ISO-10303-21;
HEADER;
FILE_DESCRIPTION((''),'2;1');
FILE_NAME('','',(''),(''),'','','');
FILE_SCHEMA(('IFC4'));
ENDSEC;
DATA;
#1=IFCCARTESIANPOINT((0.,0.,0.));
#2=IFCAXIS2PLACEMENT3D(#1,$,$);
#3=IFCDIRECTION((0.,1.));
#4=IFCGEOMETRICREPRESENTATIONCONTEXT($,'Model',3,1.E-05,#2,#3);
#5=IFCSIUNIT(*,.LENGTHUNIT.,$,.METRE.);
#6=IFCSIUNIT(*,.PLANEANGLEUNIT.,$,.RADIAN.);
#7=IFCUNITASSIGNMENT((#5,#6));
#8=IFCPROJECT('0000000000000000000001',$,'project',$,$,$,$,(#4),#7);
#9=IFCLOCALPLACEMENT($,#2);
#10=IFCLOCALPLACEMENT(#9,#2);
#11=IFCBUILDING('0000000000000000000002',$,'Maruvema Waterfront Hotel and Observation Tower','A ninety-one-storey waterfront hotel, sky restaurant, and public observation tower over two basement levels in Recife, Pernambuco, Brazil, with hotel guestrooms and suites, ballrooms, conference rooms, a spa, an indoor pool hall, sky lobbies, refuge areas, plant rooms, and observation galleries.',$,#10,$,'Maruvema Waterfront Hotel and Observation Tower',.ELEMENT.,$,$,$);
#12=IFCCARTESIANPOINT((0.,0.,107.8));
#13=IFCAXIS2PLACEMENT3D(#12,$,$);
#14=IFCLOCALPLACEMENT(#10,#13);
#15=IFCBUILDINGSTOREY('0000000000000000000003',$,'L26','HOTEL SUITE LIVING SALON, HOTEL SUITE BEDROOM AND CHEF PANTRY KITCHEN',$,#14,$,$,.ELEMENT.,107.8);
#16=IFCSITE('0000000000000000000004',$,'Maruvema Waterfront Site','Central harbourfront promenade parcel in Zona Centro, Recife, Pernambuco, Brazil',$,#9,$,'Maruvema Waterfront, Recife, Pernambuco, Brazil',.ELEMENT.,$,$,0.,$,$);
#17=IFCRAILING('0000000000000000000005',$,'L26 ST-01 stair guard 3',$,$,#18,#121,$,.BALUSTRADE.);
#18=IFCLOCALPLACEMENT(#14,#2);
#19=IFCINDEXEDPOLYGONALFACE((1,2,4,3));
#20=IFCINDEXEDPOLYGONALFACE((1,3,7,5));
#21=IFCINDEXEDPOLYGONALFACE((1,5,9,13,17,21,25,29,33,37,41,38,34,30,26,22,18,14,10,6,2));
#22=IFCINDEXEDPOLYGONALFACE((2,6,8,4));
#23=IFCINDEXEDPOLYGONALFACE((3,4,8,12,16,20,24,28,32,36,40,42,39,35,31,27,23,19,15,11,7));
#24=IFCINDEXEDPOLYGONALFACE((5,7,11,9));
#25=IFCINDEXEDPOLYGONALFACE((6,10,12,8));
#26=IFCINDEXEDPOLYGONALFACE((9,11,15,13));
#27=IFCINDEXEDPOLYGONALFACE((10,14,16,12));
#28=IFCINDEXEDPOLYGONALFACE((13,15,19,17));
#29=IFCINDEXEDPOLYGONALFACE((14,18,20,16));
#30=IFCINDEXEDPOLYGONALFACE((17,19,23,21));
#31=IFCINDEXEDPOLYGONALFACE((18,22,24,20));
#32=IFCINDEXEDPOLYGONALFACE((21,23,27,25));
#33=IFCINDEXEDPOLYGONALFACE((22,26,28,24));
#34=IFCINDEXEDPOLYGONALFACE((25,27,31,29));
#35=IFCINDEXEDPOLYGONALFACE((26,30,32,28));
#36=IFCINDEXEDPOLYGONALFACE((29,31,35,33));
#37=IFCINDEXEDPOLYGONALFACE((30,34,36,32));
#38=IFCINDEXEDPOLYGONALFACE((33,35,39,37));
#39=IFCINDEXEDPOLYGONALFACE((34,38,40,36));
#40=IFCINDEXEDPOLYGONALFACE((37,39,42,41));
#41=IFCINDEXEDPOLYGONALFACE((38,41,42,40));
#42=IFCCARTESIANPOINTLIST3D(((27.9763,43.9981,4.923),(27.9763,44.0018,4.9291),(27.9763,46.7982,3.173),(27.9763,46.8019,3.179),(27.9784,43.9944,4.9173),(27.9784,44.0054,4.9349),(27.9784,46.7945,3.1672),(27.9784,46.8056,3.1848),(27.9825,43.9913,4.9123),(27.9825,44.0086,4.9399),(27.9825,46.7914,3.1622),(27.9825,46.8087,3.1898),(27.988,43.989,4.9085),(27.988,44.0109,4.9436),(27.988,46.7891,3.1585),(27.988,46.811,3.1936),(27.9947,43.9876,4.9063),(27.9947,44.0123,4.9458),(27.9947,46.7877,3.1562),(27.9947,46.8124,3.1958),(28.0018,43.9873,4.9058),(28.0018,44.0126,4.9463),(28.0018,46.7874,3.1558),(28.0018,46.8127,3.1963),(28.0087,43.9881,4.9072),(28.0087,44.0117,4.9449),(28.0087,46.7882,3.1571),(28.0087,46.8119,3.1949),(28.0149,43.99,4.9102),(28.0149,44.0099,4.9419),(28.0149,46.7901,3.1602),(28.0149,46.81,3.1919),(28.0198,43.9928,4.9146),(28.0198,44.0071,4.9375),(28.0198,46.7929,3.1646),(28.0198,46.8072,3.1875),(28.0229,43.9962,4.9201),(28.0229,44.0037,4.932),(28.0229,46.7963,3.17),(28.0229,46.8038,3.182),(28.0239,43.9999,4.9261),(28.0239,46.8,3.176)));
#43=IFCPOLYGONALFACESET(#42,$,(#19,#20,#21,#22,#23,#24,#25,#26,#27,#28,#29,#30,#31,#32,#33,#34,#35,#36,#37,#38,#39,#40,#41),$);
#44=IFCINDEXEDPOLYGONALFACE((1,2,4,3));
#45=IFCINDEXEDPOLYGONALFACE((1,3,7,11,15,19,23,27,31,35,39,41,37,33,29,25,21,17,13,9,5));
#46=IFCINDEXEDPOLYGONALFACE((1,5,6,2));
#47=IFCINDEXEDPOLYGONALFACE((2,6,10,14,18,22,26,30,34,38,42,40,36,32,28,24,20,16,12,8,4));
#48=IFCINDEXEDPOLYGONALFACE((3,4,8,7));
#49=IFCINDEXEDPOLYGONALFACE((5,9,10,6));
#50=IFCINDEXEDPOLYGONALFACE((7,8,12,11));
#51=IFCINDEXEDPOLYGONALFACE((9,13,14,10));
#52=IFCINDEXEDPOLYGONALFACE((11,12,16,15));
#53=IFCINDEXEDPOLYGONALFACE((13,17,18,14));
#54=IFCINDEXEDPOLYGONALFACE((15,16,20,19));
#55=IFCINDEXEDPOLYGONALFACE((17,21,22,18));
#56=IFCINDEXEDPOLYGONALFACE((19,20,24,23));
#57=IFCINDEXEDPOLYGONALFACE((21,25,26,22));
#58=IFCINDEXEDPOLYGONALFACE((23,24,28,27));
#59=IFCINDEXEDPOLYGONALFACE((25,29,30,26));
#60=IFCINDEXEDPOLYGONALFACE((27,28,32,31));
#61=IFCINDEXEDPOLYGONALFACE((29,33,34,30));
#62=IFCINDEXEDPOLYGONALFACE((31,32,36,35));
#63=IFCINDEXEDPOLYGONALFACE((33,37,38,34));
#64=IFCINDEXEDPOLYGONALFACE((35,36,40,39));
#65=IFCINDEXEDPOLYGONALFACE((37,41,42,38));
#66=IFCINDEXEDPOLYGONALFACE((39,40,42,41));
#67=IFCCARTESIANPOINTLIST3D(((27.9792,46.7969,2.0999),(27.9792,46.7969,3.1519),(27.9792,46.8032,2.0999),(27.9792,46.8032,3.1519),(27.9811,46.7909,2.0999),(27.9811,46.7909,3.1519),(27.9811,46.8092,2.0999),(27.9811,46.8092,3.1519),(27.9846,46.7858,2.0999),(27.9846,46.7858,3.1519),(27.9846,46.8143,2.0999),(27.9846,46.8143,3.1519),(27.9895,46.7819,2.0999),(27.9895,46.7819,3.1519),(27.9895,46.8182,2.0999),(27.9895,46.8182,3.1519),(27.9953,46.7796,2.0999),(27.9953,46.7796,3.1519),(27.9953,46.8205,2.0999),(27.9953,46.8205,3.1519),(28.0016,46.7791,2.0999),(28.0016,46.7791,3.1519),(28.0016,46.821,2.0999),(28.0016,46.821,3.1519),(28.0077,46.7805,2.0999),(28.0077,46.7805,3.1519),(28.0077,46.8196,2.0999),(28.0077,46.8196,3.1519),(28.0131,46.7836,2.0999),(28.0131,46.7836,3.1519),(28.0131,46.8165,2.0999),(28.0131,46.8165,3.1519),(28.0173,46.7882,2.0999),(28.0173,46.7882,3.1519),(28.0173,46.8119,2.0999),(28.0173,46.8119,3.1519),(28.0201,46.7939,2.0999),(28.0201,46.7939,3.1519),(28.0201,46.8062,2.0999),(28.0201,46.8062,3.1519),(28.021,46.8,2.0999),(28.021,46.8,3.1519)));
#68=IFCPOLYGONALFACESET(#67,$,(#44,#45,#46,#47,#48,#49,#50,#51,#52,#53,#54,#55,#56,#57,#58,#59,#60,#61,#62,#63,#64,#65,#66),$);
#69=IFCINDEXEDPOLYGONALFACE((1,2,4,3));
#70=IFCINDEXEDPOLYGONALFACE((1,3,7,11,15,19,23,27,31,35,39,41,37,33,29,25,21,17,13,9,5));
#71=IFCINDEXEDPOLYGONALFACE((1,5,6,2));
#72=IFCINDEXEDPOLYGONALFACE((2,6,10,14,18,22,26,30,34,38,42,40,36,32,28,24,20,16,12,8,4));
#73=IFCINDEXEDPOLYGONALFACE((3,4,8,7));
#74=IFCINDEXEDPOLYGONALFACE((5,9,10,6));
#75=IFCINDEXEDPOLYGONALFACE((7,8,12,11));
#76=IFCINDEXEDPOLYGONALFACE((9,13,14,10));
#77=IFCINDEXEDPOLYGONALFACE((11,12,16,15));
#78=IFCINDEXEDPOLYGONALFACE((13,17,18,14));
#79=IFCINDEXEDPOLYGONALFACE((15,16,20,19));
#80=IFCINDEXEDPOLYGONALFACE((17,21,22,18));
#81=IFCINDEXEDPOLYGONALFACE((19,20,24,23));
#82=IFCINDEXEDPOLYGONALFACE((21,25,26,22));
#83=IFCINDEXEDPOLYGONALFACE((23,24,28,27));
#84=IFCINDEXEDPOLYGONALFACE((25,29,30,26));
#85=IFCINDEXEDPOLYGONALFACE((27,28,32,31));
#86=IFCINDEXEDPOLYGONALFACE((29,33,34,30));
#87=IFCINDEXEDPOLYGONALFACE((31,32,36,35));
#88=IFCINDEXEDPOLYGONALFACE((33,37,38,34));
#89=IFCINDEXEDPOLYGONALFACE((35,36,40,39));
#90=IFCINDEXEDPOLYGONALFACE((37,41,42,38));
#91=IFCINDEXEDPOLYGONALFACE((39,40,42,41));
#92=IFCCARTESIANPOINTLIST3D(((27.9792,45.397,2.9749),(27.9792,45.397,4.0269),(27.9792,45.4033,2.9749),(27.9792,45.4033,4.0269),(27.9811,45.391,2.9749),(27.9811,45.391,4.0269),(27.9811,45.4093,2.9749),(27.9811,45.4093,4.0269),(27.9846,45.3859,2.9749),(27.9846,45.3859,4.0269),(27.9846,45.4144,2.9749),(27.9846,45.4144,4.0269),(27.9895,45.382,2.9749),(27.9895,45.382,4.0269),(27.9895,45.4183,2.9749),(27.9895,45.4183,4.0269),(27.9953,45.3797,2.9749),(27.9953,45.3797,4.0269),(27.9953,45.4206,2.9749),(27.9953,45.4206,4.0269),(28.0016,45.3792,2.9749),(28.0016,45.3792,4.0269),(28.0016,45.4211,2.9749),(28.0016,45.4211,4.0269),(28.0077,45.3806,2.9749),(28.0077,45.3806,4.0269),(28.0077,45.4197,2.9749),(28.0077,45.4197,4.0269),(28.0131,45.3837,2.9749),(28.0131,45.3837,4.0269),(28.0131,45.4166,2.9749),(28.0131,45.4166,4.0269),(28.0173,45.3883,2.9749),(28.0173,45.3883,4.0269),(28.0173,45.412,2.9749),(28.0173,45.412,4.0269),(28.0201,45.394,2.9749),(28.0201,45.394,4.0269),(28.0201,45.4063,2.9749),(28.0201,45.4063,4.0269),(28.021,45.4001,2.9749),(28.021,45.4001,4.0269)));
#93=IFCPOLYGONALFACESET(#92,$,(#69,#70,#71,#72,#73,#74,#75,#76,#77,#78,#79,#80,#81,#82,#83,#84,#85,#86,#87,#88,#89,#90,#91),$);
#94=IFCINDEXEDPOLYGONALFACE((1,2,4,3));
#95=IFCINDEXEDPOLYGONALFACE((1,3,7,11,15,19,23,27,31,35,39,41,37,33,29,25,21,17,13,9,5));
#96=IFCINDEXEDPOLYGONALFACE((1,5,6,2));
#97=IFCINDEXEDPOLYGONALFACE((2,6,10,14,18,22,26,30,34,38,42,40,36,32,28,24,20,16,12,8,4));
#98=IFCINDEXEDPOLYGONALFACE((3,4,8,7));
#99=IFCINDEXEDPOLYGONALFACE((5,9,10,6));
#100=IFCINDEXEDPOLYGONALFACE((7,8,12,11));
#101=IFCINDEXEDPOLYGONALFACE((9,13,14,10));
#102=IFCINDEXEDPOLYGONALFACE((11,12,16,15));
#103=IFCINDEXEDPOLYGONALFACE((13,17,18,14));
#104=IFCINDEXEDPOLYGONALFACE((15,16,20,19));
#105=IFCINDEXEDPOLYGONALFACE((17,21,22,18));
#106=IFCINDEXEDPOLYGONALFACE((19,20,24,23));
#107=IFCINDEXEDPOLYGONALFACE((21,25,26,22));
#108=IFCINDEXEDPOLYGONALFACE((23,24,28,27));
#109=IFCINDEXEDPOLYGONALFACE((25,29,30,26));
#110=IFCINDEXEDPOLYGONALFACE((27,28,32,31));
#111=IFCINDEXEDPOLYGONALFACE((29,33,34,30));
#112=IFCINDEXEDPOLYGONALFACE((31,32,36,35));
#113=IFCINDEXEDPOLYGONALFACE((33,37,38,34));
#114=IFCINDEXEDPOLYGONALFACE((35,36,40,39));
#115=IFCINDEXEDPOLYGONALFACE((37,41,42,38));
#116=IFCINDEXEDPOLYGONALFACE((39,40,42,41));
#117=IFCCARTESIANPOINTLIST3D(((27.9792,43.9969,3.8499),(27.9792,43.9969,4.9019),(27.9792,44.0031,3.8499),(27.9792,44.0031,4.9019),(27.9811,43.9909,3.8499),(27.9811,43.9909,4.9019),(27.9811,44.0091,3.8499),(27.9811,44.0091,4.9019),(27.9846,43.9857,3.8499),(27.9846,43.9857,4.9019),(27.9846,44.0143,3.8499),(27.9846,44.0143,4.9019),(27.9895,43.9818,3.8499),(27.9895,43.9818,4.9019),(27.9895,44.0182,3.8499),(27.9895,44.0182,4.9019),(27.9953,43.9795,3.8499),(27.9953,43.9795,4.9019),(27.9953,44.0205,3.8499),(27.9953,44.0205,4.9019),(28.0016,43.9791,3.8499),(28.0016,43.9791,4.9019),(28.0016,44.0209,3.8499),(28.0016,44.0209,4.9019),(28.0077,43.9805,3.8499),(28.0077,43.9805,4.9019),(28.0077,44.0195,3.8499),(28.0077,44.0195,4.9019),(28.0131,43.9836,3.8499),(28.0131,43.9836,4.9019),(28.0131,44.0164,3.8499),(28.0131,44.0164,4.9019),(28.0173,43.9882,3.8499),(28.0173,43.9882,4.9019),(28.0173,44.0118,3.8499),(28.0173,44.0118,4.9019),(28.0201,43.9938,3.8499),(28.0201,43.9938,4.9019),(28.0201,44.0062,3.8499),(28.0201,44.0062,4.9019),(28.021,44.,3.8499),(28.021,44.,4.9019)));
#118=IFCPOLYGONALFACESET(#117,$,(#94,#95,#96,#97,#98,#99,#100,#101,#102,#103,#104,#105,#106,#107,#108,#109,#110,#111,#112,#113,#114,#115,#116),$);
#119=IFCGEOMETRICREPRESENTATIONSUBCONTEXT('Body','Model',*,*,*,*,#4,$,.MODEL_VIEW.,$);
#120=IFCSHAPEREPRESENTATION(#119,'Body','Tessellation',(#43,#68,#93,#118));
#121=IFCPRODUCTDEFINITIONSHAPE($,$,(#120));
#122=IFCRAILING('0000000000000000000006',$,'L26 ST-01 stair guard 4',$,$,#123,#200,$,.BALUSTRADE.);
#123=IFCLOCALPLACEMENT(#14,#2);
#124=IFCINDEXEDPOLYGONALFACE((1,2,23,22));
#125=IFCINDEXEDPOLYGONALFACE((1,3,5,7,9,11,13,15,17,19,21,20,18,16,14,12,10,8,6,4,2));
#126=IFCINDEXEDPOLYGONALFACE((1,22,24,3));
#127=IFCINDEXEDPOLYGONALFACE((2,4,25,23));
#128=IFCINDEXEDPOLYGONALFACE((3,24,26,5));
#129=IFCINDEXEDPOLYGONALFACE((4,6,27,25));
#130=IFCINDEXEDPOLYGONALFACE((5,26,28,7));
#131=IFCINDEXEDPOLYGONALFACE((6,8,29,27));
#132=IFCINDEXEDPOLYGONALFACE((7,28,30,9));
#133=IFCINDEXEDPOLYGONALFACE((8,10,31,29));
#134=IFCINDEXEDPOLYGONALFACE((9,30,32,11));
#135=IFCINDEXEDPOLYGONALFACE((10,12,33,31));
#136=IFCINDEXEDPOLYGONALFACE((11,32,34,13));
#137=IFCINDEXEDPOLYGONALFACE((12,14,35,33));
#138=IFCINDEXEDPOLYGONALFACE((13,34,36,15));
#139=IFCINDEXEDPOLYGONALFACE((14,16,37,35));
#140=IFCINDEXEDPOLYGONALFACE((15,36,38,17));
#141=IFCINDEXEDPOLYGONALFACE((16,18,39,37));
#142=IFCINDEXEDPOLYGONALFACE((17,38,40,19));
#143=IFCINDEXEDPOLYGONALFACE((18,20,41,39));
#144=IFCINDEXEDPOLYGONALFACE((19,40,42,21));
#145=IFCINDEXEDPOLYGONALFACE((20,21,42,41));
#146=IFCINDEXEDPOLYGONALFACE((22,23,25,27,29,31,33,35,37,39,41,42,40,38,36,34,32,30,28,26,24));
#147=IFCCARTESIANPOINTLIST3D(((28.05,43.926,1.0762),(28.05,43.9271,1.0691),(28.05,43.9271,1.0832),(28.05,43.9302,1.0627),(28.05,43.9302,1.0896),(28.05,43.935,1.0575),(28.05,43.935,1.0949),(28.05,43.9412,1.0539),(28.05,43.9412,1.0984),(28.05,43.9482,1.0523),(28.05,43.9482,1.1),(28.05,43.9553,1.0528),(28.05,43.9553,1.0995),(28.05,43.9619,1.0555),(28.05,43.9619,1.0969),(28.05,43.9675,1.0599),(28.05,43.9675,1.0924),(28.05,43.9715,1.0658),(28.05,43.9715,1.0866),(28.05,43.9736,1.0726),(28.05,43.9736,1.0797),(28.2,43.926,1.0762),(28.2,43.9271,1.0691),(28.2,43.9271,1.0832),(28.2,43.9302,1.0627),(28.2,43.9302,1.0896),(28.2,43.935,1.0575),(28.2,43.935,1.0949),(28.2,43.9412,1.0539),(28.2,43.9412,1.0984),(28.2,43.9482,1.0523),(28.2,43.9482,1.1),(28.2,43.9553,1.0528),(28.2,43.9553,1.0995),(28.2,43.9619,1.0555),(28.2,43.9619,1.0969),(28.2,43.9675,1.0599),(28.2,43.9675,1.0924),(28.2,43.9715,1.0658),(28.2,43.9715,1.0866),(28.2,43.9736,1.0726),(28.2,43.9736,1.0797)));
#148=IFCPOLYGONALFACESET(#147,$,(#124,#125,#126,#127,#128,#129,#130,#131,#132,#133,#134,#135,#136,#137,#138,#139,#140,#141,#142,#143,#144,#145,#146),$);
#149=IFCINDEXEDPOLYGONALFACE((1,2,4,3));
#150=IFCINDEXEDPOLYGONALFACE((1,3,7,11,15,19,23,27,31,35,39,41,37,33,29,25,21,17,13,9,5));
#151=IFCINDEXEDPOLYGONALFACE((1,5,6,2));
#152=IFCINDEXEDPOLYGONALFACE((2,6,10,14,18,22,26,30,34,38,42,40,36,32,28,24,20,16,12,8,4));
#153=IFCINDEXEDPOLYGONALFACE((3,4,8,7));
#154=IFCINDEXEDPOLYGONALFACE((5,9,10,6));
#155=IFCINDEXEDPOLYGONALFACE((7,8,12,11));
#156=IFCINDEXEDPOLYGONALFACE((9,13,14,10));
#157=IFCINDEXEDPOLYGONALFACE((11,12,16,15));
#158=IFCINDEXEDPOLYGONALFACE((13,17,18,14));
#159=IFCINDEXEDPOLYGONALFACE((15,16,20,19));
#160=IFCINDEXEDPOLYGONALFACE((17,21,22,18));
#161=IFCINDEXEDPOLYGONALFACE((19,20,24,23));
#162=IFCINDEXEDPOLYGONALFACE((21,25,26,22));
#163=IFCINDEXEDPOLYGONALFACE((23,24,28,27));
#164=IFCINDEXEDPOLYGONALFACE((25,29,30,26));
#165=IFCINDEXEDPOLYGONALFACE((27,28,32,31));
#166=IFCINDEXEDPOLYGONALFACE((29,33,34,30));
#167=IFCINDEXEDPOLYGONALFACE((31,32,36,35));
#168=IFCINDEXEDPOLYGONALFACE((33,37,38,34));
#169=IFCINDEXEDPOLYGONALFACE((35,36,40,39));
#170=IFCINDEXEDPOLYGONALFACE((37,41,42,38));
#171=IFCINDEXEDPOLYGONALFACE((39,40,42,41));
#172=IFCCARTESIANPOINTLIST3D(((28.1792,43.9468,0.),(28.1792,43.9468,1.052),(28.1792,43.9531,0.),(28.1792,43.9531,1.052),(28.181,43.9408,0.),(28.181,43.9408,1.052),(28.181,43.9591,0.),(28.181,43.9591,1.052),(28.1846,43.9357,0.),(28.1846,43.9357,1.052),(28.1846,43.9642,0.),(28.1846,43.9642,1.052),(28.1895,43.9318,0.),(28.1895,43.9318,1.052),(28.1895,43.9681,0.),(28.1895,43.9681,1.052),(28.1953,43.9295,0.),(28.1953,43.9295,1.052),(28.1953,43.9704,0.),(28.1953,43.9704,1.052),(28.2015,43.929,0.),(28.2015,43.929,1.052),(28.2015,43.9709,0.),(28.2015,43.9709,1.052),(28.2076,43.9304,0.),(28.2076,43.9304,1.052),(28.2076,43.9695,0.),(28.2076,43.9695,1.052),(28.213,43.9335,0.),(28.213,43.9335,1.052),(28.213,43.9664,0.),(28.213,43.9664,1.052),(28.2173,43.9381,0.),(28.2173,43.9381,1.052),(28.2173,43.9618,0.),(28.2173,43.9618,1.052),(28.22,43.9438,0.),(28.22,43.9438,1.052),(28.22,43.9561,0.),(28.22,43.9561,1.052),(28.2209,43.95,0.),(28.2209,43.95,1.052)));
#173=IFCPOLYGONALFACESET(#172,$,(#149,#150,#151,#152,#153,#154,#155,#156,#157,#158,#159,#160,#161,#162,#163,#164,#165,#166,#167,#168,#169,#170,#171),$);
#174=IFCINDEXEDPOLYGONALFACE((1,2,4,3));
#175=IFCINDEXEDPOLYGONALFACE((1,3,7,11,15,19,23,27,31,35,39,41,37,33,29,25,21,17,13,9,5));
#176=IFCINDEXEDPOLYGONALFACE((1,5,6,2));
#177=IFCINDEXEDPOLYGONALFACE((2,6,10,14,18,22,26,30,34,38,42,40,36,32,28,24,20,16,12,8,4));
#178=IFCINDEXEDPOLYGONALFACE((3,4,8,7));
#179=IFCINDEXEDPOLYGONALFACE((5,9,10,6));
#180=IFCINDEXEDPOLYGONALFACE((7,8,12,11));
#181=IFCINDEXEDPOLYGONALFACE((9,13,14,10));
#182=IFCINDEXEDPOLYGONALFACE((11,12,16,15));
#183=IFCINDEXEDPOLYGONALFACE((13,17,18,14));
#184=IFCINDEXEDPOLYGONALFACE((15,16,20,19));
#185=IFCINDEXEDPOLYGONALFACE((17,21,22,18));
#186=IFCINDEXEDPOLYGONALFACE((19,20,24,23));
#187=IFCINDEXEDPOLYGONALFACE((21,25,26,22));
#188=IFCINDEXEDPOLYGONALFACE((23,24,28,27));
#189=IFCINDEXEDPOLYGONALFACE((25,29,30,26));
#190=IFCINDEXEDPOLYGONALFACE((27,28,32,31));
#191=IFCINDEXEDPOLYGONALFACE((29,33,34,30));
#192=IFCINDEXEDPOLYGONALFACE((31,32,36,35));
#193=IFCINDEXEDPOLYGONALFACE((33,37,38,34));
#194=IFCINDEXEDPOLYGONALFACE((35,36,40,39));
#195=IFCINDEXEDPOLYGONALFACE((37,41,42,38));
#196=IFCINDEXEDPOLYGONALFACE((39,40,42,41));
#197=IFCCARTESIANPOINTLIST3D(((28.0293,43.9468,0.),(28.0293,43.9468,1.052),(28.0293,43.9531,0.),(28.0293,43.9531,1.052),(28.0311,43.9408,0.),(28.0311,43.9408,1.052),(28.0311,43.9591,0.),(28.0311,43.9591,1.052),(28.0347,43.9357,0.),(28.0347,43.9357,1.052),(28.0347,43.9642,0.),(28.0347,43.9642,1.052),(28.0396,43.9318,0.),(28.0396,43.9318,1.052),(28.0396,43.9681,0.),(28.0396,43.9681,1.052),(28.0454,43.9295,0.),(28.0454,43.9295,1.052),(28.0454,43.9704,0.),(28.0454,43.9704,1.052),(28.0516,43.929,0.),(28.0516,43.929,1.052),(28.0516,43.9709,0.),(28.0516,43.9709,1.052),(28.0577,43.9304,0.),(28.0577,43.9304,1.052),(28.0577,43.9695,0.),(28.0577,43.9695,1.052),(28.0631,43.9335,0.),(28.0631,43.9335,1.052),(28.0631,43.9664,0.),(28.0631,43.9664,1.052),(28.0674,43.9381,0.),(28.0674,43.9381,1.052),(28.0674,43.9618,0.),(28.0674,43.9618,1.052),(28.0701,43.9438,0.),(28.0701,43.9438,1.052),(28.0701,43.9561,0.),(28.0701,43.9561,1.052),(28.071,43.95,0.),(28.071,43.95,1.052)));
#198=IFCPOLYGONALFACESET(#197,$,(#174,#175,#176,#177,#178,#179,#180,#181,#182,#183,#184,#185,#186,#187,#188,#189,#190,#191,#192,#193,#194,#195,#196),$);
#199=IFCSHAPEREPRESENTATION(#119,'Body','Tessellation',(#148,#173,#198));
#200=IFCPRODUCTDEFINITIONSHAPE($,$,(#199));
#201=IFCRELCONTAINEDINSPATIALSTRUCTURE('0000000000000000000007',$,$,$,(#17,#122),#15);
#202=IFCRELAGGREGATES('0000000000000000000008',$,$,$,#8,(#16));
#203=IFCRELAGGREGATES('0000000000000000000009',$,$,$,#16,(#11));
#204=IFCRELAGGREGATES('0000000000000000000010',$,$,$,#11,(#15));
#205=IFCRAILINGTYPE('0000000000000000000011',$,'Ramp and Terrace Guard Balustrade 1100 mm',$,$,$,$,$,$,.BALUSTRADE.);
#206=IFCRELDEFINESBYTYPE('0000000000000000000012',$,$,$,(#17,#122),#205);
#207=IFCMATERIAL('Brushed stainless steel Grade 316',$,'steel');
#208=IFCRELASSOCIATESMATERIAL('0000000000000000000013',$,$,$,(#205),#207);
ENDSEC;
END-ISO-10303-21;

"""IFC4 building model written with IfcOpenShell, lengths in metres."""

from ifc_helpers import new_model, si_unit, direction, frame, origin, origin_2d, place, context, subcontext, project, spatial, circle, extrude, material, type_object, element, save


model = new_model("IFC4")

# Units and contexts
model_context = context("Model", 3, precision=1e-05, world=origin(), true_north=direction((0.0, 1.0)))
body_context = subcontext(model_context, "Body", "Model", "MODEL_VIEW")
ifc_project = project(units=[si_unit("LENGTHUNIT", "METRE"), si_unit("PLANEANGLEUNIT", "RADIAN")], contexts=[model_context])

# Site, building, storey
site_placement = place(None, origin())
site = spatial("IfcSite", under=ifc_project, at=site_placement, Name="Maruvema Waterfront Site", Description="Central harbourfront promenade parcel in Zona Centro, Recife, Pernambuco, Brazil", LongName="Maruvema Waterfront, Recife, Pernambuco, Brazil", CompositionType="ELEMENT", RefElevation=0.0)
building_placement = place(site_placement, origin())
building = spatial("IfcBuilding", under=site, at=building_placement, Name="Maruvema Waterfront Hotel and Observation Tower", Description="A ninety-one-storey waterfront hotel, sky restaurant, and public observation tower over two basement levels in Recife, Pernambuco, Brazil, with hotel guestrooms and suites, ballrooms, conference rooms, a spa, an indoor pool hall, sky lobbies, refuge areas, plant rooms, and observation galleries.", LongName="Maruvema Waterfront Hotel and Observation Tower", CompositionType="ELEMENT")
storey_placement = place(building_placement, frame((0.0, 0.0, 107.8)))
storey = spatial("IfcBuildingStorey", under=building, at=storey_placement, Name="L26", Description="HOTEL SUITE LIVING SALON, HOTEL SUITE BEDROOM AND CHEF PANTRY KITCHEN", CompositionType="ELEMENT", Elevation=107.8)

# Railings
ifc_material_1 = material(Name="Brushed stainless steel Grade 316", Category="steel")
railing_type_1 = type_object("IfcRailingType", Name="Ramp and Terrace Guard Balustrade 1100 mm", PredefinedType="BALUSTRADE", material=ifc_material_1)
railing_1_placement = place(storey_placement, frame((28.0, 46.8, 2.0999)))
element("IfcRailing", 1, at=railing_1_placement, inside=storey, type_object=railing_type_1, Name="L26 ST-01 stair guard 3", PredefinedType="BALUSTRADE", context=body_context, shape_type="SweptSolid", body=[
    extrude(circle(Radius=0.0239, at=origin_2d()), frame((0.0, 0.0, 1.0762), z_axis=(0.0, -0.848002, 0.529992), x_axis=(1.0, 0.0, 0.0)), (0.0, 0.0, 1.0), 3.302),
    extrude(circle(Radius=0.021, at=origin_2d()), origin(), (0.0, 0.0, 1.0), 1.052),
    extrude(circle(Radius=0.021, at=origin_2d()), frame((0.0, -1.3999, 0.875)), (0.0, 0.0, 1.0), 1.052),
    extrude(circle(Radius=0.021, at=origin_2d()), frame((0.0, -2.8, 1.75)), (0.0, 0.0, 1.0), 1.052),
])
railing_2_placement = place(storey_placement, frame((28.2, 43.95, 0.0)))
element("IfcRailing", 2, at=railing_2_placement, inside=storey, type_object=railing_type_1, Name="L26 ST-01 stair guard 4", PredefinedType="BALUSTRADE", context=body_context, shape_type="SweptSolid", body=[
    extrude(circle(Radius=0.0239, at=origin_2d()), frame((0.0, 0.0, 1.0762), z_axis=(-1.0, 0.0, 0.0), x_axis=(0.0, -1.0, 0.0)), (0.0, 0.0, 1.0), 0.1499),
    extrude(circle(Radius=0.021, at=origin_2d()), origin(), (0.0, 0.0, 1.0), 1.052),
    extrude(circle(Radius=0.021, at=origin_2d()), frame((-0.1499, 0.0, 0.0)), (0.0, 0.0, 1.0), 1.052),
])

save(model, "model.ifc")
